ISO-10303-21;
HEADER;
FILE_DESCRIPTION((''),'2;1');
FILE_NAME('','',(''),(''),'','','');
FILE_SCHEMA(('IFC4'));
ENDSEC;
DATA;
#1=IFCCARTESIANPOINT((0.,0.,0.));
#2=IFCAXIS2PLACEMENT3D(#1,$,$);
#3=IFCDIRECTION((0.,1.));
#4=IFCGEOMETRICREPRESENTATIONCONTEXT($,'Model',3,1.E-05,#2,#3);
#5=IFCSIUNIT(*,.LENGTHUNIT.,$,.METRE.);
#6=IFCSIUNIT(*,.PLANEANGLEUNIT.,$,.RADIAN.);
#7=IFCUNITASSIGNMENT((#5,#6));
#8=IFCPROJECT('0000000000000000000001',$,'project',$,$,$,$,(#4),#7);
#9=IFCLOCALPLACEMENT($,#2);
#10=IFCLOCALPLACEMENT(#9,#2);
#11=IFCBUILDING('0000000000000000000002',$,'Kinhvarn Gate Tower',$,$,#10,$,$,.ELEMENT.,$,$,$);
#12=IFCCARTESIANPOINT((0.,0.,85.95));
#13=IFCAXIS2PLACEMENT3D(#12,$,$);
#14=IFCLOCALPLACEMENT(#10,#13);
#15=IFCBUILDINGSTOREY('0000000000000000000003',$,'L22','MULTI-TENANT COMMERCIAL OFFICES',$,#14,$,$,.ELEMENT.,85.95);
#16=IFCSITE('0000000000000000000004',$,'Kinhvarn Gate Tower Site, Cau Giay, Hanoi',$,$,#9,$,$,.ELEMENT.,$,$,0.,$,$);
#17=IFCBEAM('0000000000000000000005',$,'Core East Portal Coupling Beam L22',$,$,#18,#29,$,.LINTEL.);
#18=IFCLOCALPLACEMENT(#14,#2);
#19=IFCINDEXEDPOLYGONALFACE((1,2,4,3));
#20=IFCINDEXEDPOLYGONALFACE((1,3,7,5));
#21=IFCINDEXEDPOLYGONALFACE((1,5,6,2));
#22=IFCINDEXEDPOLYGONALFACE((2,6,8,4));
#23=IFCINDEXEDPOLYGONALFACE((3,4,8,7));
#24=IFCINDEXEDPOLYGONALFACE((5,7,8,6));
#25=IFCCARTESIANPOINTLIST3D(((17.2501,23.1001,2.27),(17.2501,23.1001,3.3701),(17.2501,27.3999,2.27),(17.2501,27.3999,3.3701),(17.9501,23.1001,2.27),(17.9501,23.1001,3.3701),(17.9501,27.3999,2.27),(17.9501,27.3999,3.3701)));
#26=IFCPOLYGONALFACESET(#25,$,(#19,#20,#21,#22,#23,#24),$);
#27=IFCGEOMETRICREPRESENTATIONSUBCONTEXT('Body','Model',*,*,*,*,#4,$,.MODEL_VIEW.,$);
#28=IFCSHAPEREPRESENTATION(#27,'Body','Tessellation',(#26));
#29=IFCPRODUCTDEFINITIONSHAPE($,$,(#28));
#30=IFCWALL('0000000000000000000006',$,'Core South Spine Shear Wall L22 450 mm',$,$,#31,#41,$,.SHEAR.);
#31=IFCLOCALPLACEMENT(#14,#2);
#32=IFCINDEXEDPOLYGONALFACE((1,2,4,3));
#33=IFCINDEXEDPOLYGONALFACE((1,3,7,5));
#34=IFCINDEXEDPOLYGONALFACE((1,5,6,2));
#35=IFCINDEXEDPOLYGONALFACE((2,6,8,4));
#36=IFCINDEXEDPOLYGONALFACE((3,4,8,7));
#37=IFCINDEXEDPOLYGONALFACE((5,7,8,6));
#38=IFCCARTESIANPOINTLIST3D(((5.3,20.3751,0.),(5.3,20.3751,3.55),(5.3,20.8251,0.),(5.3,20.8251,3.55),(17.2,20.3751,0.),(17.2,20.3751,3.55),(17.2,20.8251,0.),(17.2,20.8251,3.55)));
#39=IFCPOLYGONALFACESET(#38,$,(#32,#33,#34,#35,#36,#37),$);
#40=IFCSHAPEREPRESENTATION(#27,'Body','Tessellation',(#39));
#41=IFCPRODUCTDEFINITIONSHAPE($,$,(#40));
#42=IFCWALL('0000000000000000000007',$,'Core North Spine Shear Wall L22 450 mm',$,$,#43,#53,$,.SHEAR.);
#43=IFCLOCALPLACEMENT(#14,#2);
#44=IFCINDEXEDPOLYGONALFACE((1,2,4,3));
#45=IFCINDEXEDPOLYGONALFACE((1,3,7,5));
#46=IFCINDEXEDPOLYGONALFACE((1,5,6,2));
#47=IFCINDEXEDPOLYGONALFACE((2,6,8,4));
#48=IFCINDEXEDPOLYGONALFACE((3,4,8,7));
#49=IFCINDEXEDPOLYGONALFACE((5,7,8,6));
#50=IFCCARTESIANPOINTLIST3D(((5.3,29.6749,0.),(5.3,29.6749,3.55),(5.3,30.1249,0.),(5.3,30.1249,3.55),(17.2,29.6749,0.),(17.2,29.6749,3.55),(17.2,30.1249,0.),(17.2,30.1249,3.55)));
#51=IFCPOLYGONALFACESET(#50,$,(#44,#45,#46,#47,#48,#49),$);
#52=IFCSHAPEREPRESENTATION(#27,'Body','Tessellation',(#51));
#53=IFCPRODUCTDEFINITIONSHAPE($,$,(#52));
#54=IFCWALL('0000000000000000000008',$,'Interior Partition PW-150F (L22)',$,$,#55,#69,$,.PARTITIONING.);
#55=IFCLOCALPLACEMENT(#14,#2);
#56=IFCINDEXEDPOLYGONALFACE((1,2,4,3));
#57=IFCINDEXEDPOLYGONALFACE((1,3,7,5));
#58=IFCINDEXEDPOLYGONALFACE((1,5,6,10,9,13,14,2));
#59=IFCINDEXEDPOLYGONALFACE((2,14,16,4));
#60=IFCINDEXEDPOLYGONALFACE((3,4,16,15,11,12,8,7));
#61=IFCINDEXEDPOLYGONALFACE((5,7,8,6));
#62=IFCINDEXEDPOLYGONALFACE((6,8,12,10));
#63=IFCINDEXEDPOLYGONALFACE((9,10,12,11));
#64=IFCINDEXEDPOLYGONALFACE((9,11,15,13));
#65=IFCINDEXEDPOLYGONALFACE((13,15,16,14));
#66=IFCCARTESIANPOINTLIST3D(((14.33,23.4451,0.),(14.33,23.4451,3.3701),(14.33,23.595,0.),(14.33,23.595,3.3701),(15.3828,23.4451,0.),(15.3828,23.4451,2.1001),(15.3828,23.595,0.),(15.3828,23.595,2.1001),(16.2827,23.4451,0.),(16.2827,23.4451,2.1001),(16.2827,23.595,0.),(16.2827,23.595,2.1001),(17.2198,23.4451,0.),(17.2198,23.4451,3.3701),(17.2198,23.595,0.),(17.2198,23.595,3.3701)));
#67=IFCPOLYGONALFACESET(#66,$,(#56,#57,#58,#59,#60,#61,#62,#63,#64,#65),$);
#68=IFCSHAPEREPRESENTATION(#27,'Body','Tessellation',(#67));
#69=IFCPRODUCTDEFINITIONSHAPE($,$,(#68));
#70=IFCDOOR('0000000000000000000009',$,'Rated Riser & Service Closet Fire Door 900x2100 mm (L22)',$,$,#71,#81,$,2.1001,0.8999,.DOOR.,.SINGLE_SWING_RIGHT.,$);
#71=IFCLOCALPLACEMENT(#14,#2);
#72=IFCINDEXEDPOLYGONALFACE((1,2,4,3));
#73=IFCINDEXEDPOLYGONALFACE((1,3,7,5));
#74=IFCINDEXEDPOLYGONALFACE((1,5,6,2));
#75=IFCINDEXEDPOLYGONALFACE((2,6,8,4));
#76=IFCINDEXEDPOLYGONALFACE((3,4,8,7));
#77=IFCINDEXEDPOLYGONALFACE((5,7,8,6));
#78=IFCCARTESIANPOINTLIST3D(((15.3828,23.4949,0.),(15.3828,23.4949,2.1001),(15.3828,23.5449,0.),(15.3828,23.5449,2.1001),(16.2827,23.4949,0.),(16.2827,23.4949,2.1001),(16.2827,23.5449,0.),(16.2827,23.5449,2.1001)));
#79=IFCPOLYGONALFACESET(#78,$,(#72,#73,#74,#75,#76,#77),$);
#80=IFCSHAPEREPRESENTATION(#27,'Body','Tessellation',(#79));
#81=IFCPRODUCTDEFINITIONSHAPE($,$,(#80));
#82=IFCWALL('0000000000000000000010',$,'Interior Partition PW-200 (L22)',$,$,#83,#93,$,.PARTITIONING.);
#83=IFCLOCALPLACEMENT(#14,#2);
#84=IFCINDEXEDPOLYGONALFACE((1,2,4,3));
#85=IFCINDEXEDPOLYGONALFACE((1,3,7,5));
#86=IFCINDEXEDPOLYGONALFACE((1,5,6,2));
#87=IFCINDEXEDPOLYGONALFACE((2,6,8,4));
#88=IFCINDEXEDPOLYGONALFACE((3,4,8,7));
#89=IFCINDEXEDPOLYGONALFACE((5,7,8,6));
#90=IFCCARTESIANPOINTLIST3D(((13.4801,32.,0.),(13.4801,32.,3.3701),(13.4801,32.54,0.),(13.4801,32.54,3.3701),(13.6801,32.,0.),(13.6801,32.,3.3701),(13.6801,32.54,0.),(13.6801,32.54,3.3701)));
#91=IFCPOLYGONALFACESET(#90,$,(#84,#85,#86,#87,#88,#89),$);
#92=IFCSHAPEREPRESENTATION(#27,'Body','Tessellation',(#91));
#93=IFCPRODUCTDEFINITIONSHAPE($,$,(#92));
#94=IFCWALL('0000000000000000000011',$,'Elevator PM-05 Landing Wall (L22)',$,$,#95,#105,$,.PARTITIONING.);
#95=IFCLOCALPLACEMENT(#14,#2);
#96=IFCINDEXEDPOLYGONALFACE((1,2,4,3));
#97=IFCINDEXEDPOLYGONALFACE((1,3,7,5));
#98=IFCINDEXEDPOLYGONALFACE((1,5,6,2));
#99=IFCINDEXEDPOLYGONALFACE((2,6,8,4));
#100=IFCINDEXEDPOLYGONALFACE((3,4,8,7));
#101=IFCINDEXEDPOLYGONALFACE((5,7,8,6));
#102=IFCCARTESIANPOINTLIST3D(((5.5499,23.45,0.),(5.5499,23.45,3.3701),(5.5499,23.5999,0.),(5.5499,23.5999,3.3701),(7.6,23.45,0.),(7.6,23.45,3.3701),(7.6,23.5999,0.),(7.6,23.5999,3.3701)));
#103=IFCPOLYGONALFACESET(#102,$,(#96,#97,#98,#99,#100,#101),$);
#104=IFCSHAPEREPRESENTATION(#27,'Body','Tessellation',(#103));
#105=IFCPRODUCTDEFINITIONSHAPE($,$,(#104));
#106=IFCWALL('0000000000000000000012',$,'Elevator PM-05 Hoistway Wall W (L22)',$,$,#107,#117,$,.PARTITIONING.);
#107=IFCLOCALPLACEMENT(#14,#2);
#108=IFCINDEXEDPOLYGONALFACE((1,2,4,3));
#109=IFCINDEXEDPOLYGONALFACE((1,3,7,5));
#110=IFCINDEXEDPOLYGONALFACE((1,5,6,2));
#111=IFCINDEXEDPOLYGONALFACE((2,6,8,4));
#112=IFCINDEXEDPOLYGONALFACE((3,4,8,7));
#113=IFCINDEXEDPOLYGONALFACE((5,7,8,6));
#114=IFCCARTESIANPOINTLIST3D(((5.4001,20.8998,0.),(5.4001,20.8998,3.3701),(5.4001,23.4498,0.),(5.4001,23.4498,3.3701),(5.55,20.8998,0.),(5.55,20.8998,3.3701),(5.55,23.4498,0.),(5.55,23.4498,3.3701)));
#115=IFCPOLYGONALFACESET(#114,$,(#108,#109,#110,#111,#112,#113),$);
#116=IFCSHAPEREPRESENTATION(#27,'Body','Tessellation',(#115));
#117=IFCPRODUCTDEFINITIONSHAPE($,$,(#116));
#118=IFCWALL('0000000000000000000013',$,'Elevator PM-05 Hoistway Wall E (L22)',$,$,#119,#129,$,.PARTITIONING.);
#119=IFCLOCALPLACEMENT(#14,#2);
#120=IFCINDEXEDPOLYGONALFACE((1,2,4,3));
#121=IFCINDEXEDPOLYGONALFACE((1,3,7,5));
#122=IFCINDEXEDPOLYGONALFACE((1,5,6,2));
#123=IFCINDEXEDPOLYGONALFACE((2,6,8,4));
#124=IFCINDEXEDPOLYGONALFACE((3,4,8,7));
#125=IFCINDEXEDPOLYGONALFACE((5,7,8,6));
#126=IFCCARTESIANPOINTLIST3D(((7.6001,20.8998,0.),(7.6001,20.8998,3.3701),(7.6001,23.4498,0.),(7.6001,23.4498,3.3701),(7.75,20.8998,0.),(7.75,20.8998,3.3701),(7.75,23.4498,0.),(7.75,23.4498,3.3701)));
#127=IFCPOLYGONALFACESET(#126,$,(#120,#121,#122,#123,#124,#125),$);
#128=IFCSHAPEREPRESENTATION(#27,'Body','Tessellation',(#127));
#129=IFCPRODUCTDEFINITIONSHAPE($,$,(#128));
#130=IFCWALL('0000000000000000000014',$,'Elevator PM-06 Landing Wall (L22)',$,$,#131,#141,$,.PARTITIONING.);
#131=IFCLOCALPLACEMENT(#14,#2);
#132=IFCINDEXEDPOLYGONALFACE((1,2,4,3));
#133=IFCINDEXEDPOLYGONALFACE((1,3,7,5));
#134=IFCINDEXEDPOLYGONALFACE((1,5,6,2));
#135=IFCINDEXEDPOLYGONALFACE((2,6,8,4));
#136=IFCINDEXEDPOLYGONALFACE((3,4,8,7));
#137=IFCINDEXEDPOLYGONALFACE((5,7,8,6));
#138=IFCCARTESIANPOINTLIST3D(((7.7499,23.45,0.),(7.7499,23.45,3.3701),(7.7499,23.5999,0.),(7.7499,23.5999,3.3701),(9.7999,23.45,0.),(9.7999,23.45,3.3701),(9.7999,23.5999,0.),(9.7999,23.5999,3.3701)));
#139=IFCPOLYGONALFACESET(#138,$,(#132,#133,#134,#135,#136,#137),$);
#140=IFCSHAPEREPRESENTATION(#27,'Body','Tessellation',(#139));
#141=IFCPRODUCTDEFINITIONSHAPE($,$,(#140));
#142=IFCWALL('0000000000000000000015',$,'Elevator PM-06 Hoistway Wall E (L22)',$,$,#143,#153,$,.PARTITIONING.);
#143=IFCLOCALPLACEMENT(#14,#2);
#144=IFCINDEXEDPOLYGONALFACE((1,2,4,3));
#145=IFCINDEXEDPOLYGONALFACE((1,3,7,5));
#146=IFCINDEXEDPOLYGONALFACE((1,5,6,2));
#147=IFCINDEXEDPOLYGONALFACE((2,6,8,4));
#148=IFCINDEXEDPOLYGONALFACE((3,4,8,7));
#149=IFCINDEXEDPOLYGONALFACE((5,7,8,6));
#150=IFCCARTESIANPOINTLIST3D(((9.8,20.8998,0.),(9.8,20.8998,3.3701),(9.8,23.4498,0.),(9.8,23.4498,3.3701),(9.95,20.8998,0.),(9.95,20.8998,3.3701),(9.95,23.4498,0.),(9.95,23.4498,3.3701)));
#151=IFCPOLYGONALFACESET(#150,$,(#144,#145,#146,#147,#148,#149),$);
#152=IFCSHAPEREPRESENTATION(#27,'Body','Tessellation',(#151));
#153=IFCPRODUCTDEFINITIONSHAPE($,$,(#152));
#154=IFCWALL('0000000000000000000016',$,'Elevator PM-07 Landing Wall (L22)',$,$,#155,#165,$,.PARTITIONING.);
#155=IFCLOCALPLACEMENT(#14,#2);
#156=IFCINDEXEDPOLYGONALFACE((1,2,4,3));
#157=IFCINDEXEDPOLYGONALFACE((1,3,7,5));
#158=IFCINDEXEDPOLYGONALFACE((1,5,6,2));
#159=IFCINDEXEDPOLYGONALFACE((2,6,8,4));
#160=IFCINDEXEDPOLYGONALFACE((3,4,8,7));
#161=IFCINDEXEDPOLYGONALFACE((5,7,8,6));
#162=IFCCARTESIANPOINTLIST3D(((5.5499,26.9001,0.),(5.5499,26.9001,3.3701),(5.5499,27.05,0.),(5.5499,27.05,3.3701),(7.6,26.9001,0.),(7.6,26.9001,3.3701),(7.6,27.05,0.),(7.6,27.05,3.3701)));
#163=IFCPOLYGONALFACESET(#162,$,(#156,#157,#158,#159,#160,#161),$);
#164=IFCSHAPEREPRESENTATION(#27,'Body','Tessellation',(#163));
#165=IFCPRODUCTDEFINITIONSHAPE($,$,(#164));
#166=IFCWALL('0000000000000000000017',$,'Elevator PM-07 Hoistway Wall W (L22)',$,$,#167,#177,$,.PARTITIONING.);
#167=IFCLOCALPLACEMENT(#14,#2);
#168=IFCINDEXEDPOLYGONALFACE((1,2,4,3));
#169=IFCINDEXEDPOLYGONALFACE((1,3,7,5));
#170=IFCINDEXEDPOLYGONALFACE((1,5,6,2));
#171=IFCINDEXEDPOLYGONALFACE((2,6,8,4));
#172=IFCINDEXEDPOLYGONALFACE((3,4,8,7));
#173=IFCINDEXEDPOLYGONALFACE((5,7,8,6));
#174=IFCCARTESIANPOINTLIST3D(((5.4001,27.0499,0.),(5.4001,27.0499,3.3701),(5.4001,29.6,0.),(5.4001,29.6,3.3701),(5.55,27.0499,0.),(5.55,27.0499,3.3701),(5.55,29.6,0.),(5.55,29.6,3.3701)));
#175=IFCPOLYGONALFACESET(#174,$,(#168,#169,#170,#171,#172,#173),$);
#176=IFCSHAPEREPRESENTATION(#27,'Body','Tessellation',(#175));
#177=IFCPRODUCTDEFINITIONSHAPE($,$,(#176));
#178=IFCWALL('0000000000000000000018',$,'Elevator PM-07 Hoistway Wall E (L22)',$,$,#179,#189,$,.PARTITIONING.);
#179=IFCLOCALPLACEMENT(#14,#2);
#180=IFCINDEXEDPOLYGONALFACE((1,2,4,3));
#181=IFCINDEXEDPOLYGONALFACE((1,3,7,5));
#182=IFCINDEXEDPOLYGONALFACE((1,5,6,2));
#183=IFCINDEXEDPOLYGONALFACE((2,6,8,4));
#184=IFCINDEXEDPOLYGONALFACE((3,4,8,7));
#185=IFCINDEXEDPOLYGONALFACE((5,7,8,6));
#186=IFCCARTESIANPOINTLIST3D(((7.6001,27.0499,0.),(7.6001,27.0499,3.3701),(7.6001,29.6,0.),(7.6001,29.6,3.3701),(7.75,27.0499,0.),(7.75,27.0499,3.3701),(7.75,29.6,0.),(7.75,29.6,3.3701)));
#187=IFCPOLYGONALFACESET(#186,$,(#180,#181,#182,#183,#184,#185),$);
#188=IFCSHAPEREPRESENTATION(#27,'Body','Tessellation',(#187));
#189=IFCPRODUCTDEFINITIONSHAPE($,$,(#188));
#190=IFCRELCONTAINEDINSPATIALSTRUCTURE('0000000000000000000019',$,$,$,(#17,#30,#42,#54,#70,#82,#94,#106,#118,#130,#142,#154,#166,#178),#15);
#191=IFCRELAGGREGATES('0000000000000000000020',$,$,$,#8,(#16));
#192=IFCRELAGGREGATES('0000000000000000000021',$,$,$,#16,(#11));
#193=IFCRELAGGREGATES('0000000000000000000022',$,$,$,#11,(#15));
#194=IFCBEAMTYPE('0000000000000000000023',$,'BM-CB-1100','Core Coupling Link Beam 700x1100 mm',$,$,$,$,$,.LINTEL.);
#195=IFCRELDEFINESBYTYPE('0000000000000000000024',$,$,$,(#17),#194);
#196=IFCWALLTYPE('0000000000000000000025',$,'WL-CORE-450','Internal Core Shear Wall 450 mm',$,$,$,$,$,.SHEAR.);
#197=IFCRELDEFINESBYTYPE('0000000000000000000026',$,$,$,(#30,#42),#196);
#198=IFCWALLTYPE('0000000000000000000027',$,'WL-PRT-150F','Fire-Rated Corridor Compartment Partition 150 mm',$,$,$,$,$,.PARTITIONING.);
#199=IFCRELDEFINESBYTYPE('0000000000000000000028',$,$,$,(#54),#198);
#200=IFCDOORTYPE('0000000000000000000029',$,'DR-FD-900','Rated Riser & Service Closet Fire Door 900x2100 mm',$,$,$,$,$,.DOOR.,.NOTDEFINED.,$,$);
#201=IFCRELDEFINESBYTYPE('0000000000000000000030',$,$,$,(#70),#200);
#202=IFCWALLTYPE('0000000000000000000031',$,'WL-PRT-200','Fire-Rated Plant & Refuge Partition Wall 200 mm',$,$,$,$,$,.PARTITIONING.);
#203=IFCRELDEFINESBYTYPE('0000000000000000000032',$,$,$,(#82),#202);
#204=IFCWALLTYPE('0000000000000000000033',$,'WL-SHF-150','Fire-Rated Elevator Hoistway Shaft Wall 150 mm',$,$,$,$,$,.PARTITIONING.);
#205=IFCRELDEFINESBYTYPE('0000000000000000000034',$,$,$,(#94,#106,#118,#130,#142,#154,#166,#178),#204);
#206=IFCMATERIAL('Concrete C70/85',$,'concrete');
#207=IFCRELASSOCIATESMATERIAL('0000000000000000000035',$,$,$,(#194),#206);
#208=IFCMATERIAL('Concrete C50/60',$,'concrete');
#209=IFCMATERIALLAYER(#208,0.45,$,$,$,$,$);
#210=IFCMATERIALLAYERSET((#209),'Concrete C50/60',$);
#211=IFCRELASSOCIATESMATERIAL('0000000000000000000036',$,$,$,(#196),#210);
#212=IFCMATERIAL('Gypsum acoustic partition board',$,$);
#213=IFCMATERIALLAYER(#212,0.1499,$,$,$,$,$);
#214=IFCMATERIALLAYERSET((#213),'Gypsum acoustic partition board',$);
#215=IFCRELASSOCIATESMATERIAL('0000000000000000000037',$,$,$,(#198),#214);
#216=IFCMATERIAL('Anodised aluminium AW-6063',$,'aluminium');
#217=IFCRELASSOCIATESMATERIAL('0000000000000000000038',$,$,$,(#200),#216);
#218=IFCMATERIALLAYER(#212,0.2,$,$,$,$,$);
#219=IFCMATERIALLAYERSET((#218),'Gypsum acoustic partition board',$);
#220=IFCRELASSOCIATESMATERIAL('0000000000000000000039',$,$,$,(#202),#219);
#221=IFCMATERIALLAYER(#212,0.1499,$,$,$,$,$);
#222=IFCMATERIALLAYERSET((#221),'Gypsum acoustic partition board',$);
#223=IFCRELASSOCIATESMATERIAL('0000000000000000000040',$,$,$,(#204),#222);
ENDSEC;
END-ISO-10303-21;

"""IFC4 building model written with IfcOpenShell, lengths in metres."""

from ifc_helpers import new_model, si_unit, direction, frame, frame_2d, origin, origin_2d, place, context, subcontext, project, spatial, rectangle, extrude, material, layer, layer_set, material_profile, profile_set, type_object, element, fill, save


model = new_model("IFC4")

# Units and contexts
model_context = context("Model", 3, precision=1e-05, world=origin(), true_north=direction((0.0, 1.0)))
body_context = subcontext(model_context, "Body", "Model", "MODEL_VIEW")
ifc_project = project(units=[si_unit("LENGTHUNIT", "METRE"), si_unit("PLANEANGLEUNIT", "RADIAN")], contexts=[model_context])

# Site, building, storey
site_placement = place(None, origin())
site = spatial("IfcSite", under=ifc_project, at=site_placement, Name="Kinhvarn Gate Tower Site, Cau Giay, Hanoi", CompositionType="ELEMENT", RefElevation=0.0)
building_placement = place(site_placement, origin())
building = spatial("IfcBuilding", under=site, at=building_placement, Name="Kinhvarn Gate Tower", CompositionType="ELEMENT")
storey_placement = place(building_placement, frame((0.0, 0.0, 85.95)))
storey = spatial("IfcBuildingStorey", under=building, at=storey_placement, Name="L22", Description="MULTI-TENANT COMMERCIAL OFFICES", CompositionType="ELEMENT", Elevation=85.95)

# Beam
ifc_material_1 = material(Name="Concrete C70/85", Category="concrete")
ifc_material_profile = material_profile(ifc_material_1, rectangle(XDim=0.7, YDim=1.1001, at=origin_2d()), Name="RC 700x1100")
ifc_profile_set = profile_set([ifc_material_profile], Name="Concrete C70/85")
beam_type = type_object("IfcBeamType", Name="BM-CB-1100", Description="Core Coupling Link Beam 700x1100 mm", PredefinedType="LINTEL", material=ifc_profile_set)
beam_placement = place(storey_placement, frame((17.6001, 23.1001, 2.8201), z_axis=(0.0, 1.0, 0.0), x_axis=(-1.0, 0.0, 0.0)))
element("IfcBeam", 1, at=beam_placement, inside=storey, type_object=beam_type, Name="Core East Portal Coupling Beam L22", PredefinedType="LINTEL", context=body_context, shape_type="SweptSolid", body=[
    extrude(rectangle(XDim=0.7, YDim=1.1001, at=origin_2d()), origin(), (0.0, 0.0, 1.0), 4.2998),
])

# Walls
ifc_material_2 = material(Name="Concrete C50/60", Category="concrete")
ifc_layer_1 = layer(ifc_material_2, 0.45)
ifc_layer_set_1 = layer_set([ifc_layer_1], Name="Concrete C50/60")
wall_type_1 = type_object("IfcWallType", Name="WL-CORE-450", Description="Internal Core Shear Wall 450 mm", PredefinedType="SHEAR", material=ifc_layer_set_1)
for number, where, z_axis, x_axis, name in (
    (2, (5.3, 20.6001, 0.0), (0.0, 0.0, 1.0), (1.0, 0.0, 0.0), "Core South Spine Shear Wall L22 450 mm"),
    (3, (5.3, 29.8999, 0.0), (0.0, 0.0, 1.0), (1.0, 0.0, 0.0), "Core North Spine Shear Wall L22 450 mm"),
):
    element("IfcWall", number, at=place(storey_placement, frame(where, z_axis=z_axis, x_axis=x_axis)), inside=storey, type_object=wall_type_1, Name=name, PredefinedType="SHEAR", context=body_context, shape_type="SweptSolid", body=[
        extrude(rectangle(XDim=11.8999, YDim=0.45, at=frame_2d((5.95, 0.0))), origin(), (0.0, 0.0, 1.0), 3.55),
    ])

# Wall, opening, door
ifc_material_3 = material(Name="Anodised aluminium AW-6063", Category="aluminium")
ifc_material_4 = material(Name="Gypsum acoustic partition board")
ifc_layer_2 = layer(ifc_material_4, 0.1499)
ifc_layer_set_2 = layer_set([ifc_layer_2], Name="Gypsum acoustic partition board")
wall_type_2 = type_object("IfcWallType", Name="WL-PRT-150F", Description="Fire-Rated Corridor Compartment Partition 150 mm", PredefinedType="PARTITIONING", material=ifc_layer_set_2)
wall_1_placement = place(storey_placement, frame((14.3301, 23.52, 0.0), z_axis=(0.0, 0.0, 1.0), x_axis=(1.0, 0.0, 0.0)))
wall_1 = element("IfcWall", 4, at=wall_1_placement, inside=storey, type_object=wall_type_2, Name="Interior Partition PW-150F (L22)", PredefinedType="PARTITIONING", context=body_context, shape_type="SweptSolid", body=[
    extrude(rectangle(XDim=2.8899, YDim=0.1499, at=frame_2d((1.4448, 0.0))), origin(), (0.0, 0.0, 1.0), 3.3701),
])
opening_1_placement = place(wall_1_placement, frame((1.0527, 0.0, 0.0)))
opening_1 = element("IfcOpeningElement", 5, at=opening_1_placement, cuts=wall_1, PredefinedType="OPENING", context=body_context, shape_type="SweptSolid", body=[
    extrude(rectangle(XDim=0.8999, YDim=2.1001, at=frame_2d((0.45, 1.05))), frame((0.0, 0.085, 0.0), z_axis=(0.0, -1.0, 0.0), x_axis=(1.0, 0.0, 0.0)), (0.0, 0.0, 1.0), 0.1699),
])
door_type_1 = type_object("IfcDoorType", Name="DR-FD-900", Description="Rated Riser & Service Closet Fire Door 900x2100 mm", OperationType="NOTDEFINED", PredefinedType="DOOR", material=ifc_material_3)
door_1_placement = place(opening_1_placement, origin())
door_1 = element("IfcDoor", 6, at=door_1_placement, inside=storey, type_object=door_type_1, Name="Rated Riser & Service Closet Fire Door 900x2100 mm (L22)", OperationType="SINGLE_SWING_RIGHT", OverallHeight=2.1001, OverallWidth=0.8999, PredefinedType="DOOR", context=body_context, shape_type="SweptSolid", body=[
    extrude(rectangle(XDim=0.8999, YDim=2.1001, at=frame_2d((0.45, 1.05))), frame((0.0, 0.0249, 0.0), z_axis=(0.0, -1.0, 0.0), x_axis=(1.0, 0.0, 0.0)), (0.0, 0.0, 1.0), 0.05),
])
fill(opening_1, door_1)

# Walls
ifc_layer_3 = layer(ifc_material_4, 0.2)
ifc_layer_set_3 = layer_set([ifc_layer_3], Name="Gypsum acoustic partition board")
wall_type_3 = type_object("IfcWallType", Name="WL-PRT-200", Description="Fire-Rated Plant & Refuge Partition Wall 200 mm", PredefinedType="PARTITIONING", material=ifc_layer_set_3)
wall_2_placement = place(storey_placement, frame((13.5801, 32.0, 0.0), z_axis=(0.0, 0.0, 1.0), x_axis=(0.0, 1.0, 0.0)))
element("IfcWall", 7, at=wall_2_placement, inside=storey, type_object=wall_type_3, Name="Interior Partition PW-200 (L22)", PredefinedType="PARTITIONING", context=body_context, shape_type="SweptSolid", body=[
    extrude(rectangle(XDim=0.54, YDim=0.2, at=frame_2d((0.27, 0.0))), origin(), (0.0, 0.0, 1.0), 3.3701),
])
ifc_layer_4 = layer(ifc_material_4, 0.1499)
ifc_layer_set_4 = layer_set([ifc_layer_4], Name="Gypsum acoustic partition board")
wall_type_4 = type_object("IfcWallType", Name="WL-SHF-150", Description="Fire-Rated Elevator Hoistway Shaft Wall 150 mm", PredefinedType="PARTITIONING", material=ifc_layer_set_4)
wall_3_placement = place(storey_placement, frame((5.55, 23.5249, 0.0), z_axis=(0.0, 0.0, 1.0), x_axis=(1.0, 0.0, 0.0)))
element("IfcWall", 8, at=wall_3_placement, inside=storey, type_object=wall_type_4, Name="Elevator PM-05 Landing Wall (L22)", PredefinedType="PARTITIONING", context=body_context, shape_type="SweptSolid", body=[
    extrude(rectangle(XDim=2.05, YDim=0.1499, at=frame_2d((1.0249, 0.0))), origin(), (0.0, 0.0, 1.0), 3.3701),
])
for number, where, z_axis, x_axis, name in (
    (9, (5.4751, 20.8999, 0.0), (0.0, 0.0, 1.0), (0.0, 1.0, 0.0), "Elevator PM-05 Hoistway Wall W (L22)"),
    (10, (7.675, 20.8999, 0.0), (0.0, 0.0, 1.0), (0.0, 1.0, 0.0), "Elevator PM-05 Hoistway Wall E (L22)"),
):
    element("IfcWall", number, at=place(storey_placement, frame(where, z_axis=z_axis, x_axis=x_axis)), inside=storey, type_object=wall_type_4, Name=name, PredefinedType="PARTITIONING", context=body_context, shape_type="SweptSolid", body=[
        extrude(rectangle(XDim=2.55, YDim=0.1499, at=frame_2d((1.2749, 0.0))), origin(), (0.0, 0.0, 1.0), 3.3701),
    ])
wall_4_placement = place(storey_placement, frame((7.75, 23.5249, 0.0), z_axis=(0.0, 0.0, 1.0), x_axis=(1.0, 0.0, 0.0)))
element("IfcWall", 11, at=wall_4_placement, inside=storey, type_object=wall_type_4, Name="Elevator PM-06 Landing Wall (L22)", PredefinedType="PARTITIONING", context=body_context, shape_type="SweptSolid", body=[
    extrude(rectangle(XDim=2.05, YDim=0.1499, at=frame_2d((1.0249, 0.0))), origin(), (0.0, 0.0, 1.0), 3.3701),
])
wall_5_placement = place(storey_placement, frame((9.875, 20.8999, 0.0), z_axis=(0.0, 0.0, 1.0), x_axis=(0.0, 1.0, 0.0)))
element("IfcWall", 12, at=wall_5_placement, inside=storey, type_object=wall_type_4, Name="Elevator PM-06 Hoistway Wall E (L22)", PredefinedType="PARTITIONING", context=body_context, shape_type="SweptSolid", body=[
    extrude(rectangle(XDim=2.55, YDim=0.1499, at=frame_2d((1.2749, 0.0))), origin(), (0.0, 0.0, 1.0), 3.3701),
])
wall_6_placement = place(storey_placement, frame((5.55, 26.9751, 0.0), z_axis=(0.0, 0.0, 1.0), x_axis=(1.0, 0.0, 0.0)))
element("IfcWall", 13, at=wall_6_placement, inside=storey, type_object=wall_type_4, Name="Elevator PM-07 Landing Wall (L22)", PredefinedType="PARTITIONING", context=body_context, shape_type="SweptSolid", body=[
    extrude(rectangle(XDim=2.05, YDim=0.1499, at=frame_2d((1.0249, 0.0))), origin(), (0.0, 0.0, 1.0), 3.3701),
])
for number, where, z_axis, x_axis, name in (
    (14, (5.4751, 27.05, 0.0), (0.0, 0.0, 1.0), (0.0, 1.0, 0.0), "Elevator PM-07 Hoistway Wall W (L22)"),
    (15, (7.675, 27.05, 0.0), (0.0, 0.0, 1.0), (0.0, 1.0, 0.0), "Elevator PM-07 Hoistway Wall E (L22)"),
):
    element("IfcWall", number, at=place(storey_placement, frame(where, z_axis=z_axis, x_axis=x_axis)), inside=storey, type_object=wall_type_4, Name=name, PredefinedType="PARTITIONING", context=body_context, shape_type="SweptSolid", body=[
        extrude(rectangle(XDim=2.55, YDim=0.1499, at=frame_2d((1.2749, 0.0))), origin(), (0.0, 0.0, 1.0), 3.3701),
    ])

save(model, "model.ifc")
